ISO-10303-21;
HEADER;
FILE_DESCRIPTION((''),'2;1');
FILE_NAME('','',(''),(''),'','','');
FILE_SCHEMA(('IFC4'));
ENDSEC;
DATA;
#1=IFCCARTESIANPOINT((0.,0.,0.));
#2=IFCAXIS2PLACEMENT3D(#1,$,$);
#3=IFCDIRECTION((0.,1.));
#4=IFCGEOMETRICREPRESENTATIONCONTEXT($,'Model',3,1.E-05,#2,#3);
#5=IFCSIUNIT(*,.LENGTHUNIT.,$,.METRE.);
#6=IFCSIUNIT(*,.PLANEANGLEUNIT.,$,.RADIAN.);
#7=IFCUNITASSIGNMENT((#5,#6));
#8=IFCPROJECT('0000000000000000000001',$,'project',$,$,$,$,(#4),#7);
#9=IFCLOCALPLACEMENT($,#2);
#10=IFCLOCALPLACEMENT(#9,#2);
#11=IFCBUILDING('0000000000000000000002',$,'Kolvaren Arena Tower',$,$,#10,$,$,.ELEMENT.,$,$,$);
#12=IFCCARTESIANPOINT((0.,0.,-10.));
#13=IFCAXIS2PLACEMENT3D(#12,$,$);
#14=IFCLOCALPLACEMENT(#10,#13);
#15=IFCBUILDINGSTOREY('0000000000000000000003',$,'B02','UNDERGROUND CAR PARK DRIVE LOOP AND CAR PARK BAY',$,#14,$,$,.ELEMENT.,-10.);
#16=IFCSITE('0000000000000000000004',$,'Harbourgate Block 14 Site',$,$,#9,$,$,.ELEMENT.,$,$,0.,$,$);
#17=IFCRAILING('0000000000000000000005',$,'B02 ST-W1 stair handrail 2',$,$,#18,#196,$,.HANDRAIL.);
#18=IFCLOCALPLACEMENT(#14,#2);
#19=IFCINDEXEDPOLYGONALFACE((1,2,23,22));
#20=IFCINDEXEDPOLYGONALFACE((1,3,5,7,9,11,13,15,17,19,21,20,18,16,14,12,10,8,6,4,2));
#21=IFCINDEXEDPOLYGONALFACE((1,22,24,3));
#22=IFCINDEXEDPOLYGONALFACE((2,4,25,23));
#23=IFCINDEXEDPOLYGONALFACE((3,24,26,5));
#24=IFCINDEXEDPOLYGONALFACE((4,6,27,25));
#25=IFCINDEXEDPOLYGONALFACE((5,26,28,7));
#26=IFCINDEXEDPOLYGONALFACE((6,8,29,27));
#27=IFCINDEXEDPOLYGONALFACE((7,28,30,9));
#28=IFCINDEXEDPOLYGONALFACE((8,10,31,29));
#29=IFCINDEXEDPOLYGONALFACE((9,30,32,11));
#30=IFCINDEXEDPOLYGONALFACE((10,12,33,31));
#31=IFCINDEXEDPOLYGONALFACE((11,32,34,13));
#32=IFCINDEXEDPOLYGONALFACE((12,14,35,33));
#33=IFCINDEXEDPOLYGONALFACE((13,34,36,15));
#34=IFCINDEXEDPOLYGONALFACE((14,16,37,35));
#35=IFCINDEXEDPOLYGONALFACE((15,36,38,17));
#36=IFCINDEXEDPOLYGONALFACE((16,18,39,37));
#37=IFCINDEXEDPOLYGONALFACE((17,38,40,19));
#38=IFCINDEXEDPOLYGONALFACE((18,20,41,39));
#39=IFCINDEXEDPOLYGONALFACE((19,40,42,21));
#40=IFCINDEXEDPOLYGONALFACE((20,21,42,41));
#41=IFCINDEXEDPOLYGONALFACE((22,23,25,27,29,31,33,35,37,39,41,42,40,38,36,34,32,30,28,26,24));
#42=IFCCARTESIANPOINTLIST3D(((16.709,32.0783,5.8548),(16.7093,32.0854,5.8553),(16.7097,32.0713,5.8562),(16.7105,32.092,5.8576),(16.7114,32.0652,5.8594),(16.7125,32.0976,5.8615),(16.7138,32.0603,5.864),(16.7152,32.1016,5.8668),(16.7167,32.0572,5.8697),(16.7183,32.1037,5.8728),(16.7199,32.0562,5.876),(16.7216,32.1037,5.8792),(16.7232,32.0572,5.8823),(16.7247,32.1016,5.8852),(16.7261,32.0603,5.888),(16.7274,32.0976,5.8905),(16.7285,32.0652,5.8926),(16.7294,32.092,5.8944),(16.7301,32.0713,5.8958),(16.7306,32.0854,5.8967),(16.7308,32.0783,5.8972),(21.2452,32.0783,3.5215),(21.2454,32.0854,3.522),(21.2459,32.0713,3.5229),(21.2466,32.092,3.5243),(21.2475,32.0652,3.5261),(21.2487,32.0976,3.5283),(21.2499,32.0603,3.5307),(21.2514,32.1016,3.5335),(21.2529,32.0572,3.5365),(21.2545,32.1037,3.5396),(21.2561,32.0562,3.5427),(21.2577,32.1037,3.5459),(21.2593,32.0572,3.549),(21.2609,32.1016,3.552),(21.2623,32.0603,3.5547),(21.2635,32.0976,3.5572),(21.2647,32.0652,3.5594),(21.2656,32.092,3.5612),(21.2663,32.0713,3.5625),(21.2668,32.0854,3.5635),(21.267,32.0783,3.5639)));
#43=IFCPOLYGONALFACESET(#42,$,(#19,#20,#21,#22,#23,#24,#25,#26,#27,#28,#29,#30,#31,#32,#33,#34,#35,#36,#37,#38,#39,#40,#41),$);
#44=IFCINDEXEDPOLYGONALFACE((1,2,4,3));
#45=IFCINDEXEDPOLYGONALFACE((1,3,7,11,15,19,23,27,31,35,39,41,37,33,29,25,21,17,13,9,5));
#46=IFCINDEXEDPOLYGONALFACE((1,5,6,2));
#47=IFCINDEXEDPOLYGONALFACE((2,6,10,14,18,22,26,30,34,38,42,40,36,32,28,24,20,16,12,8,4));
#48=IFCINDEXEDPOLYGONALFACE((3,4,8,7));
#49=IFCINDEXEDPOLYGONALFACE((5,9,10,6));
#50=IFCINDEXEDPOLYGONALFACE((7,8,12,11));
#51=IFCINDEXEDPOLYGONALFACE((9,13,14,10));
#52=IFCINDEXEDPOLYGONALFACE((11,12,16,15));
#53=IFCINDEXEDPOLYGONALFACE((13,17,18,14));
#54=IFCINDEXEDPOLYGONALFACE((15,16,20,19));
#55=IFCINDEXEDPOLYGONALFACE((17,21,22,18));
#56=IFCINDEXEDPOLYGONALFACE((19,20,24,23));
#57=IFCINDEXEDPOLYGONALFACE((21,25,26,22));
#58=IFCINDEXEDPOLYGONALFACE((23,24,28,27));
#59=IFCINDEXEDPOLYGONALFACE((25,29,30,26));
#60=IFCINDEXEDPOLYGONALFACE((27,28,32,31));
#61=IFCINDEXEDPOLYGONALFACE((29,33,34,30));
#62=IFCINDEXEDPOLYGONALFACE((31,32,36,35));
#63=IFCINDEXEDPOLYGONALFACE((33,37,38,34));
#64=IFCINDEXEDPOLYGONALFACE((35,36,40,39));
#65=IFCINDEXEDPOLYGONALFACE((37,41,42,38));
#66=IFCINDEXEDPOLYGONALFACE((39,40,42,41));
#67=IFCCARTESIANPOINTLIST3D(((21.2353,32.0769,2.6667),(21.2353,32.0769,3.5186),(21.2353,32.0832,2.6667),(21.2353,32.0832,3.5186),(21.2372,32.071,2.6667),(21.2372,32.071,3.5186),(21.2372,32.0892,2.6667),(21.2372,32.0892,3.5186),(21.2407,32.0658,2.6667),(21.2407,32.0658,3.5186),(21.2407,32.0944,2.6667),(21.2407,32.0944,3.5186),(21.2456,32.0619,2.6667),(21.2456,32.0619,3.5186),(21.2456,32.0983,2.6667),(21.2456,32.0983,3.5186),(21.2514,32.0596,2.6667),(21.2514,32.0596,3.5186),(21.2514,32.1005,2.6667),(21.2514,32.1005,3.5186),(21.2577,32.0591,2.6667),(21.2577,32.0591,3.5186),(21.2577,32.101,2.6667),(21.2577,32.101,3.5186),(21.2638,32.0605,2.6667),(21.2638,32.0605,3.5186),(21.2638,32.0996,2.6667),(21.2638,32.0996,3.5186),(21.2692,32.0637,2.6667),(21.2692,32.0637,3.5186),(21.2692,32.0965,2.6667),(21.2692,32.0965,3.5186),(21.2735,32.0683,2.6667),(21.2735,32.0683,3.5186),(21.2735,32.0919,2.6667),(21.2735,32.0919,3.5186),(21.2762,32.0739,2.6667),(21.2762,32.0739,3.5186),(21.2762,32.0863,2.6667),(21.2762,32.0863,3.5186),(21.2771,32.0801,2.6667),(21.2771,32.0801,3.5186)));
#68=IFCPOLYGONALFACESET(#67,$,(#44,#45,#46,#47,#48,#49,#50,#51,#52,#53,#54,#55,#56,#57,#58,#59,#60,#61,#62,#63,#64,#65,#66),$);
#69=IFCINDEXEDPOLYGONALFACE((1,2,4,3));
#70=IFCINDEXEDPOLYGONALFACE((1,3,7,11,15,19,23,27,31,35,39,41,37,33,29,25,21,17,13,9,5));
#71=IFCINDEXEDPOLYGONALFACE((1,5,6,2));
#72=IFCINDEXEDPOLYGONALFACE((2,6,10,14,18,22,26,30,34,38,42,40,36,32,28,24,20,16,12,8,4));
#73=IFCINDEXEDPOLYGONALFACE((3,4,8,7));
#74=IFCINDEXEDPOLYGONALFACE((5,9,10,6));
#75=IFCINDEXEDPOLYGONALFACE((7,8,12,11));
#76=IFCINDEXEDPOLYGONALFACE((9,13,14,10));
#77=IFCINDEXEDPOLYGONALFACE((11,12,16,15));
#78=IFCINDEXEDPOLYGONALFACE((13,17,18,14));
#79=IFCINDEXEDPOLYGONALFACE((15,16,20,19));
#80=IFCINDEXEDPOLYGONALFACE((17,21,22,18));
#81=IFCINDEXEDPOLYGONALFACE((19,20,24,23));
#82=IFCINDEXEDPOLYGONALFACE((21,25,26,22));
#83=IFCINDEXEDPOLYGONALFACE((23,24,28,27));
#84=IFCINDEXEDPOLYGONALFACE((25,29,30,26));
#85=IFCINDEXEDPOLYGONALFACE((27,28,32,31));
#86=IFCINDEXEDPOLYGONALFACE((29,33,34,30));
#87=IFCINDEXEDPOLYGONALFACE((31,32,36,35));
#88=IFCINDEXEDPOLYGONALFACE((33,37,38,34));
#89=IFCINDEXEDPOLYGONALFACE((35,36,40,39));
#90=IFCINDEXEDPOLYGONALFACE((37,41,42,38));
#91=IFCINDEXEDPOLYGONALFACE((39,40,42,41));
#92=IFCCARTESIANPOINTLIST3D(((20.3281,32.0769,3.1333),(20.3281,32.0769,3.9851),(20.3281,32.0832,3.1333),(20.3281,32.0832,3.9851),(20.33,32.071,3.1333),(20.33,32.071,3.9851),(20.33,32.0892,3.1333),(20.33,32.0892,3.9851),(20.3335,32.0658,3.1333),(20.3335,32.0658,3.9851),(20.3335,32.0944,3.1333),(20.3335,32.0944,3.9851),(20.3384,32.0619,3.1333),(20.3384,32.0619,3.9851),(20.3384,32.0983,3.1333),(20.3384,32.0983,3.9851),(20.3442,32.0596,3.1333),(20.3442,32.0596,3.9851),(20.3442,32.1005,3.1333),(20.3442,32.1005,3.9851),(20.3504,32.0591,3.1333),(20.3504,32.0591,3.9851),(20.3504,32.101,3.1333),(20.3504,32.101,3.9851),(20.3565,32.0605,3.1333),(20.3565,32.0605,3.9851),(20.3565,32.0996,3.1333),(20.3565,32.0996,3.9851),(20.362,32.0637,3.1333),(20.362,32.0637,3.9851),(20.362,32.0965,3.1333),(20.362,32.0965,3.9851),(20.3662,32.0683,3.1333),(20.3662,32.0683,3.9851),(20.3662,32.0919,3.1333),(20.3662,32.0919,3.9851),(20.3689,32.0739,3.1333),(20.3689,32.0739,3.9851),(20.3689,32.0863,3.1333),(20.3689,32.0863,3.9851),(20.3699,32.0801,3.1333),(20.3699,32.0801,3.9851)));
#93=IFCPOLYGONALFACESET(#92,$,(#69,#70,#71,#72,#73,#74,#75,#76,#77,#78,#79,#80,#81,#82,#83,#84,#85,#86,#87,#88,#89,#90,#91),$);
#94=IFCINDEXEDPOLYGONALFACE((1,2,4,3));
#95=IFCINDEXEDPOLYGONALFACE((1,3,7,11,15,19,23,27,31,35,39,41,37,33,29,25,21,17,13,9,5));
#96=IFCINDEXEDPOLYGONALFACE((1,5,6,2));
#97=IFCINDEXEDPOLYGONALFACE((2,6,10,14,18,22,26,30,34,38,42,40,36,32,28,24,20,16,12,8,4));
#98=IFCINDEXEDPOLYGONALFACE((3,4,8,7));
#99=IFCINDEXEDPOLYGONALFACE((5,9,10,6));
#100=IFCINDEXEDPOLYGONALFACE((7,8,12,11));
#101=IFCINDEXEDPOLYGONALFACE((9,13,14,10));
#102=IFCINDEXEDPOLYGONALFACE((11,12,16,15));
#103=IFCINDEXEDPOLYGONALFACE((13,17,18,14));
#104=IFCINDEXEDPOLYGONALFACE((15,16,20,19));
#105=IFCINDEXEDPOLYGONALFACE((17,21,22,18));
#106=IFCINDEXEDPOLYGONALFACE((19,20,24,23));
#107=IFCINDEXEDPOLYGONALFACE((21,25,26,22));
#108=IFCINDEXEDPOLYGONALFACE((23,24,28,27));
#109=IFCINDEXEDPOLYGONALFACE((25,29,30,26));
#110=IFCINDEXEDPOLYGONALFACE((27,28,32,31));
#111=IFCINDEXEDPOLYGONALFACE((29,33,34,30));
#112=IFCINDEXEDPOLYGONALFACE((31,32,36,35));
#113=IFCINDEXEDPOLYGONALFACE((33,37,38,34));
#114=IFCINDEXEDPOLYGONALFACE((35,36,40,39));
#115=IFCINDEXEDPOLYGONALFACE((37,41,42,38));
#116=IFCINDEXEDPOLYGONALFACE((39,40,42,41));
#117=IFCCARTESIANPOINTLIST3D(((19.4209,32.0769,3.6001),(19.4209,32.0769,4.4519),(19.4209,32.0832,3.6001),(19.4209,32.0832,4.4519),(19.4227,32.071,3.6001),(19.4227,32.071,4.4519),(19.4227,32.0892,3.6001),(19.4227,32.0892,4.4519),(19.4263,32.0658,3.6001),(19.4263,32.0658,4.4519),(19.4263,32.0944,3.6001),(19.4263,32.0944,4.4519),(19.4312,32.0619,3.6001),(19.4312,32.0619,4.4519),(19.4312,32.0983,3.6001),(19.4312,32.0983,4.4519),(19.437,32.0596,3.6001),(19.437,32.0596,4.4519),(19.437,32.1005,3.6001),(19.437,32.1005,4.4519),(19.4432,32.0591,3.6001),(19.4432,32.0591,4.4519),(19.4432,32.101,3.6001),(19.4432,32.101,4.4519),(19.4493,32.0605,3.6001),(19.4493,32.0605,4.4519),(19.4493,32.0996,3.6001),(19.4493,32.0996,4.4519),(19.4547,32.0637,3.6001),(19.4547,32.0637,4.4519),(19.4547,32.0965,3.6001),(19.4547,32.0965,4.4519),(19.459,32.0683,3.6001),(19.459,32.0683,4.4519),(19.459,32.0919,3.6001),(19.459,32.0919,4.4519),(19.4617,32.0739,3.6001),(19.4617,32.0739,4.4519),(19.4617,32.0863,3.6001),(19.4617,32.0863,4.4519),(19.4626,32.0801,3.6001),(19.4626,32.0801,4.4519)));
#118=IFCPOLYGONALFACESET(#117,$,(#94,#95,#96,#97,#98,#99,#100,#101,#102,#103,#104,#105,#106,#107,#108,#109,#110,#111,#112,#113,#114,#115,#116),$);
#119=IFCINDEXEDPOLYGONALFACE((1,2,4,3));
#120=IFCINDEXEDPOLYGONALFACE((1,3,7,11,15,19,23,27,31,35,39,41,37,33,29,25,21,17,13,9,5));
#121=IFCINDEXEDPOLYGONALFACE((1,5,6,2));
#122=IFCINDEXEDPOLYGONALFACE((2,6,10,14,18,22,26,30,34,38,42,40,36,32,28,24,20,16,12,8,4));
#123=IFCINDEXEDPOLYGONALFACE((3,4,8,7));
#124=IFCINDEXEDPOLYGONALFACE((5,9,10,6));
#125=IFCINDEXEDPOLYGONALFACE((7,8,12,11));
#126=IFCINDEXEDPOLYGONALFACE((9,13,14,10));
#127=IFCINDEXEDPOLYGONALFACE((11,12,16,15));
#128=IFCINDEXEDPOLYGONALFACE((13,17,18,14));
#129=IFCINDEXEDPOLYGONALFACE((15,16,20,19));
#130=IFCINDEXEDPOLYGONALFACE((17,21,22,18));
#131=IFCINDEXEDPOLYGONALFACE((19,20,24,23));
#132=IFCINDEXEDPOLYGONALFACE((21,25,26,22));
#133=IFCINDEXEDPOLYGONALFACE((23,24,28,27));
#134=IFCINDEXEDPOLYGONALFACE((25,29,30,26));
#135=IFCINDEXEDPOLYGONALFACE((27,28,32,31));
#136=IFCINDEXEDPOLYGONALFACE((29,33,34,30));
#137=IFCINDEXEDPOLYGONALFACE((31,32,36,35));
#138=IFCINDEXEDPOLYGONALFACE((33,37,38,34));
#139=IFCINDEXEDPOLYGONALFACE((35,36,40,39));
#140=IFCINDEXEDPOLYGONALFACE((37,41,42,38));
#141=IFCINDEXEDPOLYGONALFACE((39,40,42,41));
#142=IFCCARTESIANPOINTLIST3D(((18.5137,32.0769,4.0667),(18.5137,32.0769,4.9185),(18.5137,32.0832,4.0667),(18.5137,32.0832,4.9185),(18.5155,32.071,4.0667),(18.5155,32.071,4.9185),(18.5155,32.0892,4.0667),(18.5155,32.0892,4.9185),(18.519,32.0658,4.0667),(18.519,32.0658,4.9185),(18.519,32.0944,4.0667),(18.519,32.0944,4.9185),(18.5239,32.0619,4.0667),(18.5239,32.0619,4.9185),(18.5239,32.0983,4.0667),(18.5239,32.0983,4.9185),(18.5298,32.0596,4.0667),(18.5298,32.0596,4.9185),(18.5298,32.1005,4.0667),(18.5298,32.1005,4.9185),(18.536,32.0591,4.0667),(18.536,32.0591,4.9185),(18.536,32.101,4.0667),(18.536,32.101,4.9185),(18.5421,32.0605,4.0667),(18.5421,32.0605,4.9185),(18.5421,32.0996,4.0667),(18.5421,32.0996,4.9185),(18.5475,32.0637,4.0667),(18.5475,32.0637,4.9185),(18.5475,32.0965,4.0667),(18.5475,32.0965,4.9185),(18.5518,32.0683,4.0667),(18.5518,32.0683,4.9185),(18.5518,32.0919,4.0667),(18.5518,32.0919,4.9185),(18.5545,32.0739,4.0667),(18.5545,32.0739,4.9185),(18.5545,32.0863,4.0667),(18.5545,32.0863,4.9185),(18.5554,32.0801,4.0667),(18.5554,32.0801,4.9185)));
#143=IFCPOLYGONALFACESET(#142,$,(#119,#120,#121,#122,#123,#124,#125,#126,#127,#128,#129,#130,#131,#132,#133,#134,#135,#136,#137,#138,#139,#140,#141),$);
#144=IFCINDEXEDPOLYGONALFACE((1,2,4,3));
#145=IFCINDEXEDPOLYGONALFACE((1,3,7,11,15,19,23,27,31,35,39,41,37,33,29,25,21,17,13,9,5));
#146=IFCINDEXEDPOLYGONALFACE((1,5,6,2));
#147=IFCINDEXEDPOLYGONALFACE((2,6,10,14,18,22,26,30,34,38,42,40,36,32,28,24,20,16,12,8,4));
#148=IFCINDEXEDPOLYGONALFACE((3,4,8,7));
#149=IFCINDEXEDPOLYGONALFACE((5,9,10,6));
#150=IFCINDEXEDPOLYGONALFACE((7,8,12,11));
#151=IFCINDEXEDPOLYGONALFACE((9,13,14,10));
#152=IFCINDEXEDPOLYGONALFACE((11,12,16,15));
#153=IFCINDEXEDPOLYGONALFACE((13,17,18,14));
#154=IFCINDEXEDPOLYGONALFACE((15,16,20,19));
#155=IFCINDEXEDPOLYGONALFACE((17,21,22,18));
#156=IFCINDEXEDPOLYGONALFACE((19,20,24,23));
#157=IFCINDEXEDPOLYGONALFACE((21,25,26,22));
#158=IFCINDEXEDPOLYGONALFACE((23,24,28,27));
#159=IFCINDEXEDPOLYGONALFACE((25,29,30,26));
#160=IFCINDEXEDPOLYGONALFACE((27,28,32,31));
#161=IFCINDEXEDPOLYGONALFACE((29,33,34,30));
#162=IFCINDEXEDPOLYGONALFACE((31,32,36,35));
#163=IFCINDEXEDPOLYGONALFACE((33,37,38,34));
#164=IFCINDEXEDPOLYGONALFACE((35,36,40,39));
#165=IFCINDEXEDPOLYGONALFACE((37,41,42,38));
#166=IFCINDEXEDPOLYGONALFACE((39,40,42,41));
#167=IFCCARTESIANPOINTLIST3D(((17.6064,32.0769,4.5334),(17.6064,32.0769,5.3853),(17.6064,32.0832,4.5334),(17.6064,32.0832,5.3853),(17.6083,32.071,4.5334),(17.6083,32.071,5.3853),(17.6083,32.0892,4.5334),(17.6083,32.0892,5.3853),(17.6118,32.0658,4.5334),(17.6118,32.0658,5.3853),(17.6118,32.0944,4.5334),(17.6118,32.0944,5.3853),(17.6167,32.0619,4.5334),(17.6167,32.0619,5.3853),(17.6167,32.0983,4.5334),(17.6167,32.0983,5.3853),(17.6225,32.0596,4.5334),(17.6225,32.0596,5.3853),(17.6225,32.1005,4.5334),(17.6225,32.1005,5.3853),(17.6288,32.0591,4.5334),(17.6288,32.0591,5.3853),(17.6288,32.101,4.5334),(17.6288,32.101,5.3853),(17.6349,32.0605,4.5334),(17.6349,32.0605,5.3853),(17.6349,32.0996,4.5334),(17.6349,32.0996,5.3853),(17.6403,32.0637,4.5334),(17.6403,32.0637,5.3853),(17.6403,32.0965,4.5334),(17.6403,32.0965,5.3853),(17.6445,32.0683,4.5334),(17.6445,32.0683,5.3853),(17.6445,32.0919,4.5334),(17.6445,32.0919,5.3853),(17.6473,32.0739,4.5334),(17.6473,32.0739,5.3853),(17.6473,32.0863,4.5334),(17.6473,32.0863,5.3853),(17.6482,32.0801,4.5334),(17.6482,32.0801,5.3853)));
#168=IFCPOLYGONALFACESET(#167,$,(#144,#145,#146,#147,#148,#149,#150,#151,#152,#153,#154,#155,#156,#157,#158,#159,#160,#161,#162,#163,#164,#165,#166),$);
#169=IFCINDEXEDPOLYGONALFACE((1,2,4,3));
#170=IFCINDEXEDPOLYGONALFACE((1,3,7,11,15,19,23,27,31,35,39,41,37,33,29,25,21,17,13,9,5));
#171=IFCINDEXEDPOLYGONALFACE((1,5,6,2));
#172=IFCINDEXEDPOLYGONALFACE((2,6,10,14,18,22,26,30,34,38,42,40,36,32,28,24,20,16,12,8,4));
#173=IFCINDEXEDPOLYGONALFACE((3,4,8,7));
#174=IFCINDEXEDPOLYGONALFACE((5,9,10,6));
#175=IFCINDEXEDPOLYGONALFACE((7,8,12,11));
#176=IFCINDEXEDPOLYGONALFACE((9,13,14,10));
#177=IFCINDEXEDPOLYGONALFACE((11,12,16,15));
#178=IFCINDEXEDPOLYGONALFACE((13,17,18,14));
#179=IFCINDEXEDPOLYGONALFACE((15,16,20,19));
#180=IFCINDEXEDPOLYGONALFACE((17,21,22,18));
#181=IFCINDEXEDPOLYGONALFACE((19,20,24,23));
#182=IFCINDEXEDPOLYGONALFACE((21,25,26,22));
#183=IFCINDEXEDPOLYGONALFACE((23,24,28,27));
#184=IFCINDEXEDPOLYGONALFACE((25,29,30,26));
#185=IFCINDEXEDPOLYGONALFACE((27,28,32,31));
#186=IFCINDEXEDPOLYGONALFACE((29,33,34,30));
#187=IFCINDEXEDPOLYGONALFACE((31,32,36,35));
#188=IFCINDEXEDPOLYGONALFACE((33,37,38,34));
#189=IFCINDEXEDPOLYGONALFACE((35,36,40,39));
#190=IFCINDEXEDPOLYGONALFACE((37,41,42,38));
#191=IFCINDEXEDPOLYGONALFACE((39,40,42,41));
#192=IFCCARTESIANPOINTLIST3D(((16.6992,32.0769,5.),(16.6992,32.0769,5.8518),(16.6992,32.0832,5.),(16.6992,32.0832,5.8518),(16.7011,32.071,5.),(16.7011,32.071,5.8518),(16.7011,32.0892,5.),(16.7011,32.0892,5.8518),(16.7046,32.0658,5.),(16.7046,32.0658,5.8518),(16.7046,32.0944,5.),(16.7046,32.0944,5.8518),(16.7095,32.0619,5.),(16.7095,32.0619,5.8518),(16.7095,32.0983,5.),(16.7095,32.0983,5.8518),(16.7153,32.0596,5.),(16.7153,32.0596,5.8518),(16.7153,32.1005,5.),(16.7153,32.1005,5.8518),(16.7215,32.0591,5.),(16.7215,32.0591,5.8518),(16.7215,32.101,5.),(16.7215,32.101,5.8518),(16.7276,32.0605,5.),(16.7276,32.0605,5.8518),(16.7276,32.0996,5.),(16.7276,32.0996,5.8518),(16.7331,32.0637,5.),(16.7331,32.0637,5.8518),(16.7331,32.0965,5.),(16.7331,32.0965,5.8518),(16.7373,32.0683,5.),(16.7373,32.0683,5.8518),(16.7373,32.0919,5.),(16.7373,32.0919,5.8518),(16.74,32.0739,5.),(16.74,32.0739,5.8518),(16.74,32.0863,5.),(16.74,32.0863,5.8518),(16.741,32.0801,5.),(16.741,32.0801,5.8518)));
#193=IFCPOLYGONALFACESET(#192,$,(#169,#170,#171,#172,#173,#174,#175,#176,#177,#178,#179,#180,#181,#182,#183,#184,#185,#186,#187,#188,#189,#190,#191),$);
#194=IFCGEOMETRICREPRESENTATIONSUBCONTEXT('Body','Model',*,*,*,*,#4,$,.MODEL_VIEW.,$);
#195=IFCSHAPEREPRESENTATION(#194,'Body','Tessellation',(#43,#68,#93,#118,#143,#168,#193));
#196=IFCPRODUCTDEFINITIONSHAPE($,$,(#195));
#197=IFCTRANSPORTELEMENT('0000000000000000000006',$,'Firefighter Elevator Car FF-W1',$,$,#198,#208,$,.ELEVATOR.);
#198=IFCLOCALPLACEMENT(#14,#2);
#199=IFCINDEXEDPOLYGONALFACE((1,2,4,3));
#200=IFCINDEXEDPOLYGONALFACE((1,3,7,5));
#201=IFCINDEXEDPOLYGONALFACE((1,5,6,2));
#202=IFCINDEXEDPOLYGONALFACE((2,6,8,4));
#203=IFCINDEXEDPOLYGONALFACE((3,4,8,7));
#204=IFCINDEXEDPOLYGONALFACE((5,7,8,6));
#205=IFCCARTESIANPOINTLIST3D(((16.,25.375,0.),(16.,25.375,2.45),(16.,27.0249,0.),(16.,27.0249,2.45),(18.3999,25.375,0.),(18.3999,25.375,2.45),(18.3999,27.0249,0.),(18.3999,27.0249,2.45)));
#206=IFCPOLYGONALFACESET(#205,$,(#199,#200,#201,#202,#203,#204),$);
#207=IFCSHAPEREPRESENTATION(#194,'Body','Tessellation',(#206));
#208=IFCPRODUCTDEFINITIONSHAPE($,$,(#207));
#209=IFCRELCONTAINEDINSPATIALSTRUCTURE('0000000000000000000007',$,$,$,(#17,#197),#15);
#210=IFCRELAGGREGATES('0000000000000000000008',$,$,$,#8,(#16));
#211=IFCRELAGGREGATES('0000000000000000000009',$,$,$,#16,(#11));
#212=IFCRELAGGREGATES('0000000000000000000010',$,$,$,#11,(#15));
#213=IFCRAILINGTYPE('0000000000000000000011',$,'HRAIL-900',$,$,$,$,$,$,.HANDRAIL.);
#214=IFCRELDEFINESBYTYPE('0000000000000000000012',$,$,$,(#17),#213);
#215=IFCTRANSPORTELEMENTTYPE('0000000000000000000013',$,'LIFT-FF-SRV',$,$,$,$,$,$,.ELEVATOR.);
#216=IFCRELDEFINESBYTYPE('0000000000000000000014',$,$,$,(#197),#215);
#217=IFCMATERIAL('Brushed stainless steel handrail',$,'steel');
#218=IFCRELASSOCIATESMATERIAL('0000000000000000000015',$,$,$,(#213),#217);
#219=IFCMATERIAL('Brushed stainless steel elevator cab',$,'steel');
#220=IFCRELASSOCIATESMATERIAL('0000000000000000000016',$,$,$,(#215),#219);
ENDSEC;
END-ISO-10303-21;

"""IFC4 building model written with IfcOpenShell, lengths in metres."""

from ifc_helpers import new_model, si_unit, direction, frame, origin, origin_2d, place, context, subcontext, project, spatial, rectangle, circle, extrude, material, type_object, element, save


model = new_model("IFC4")

# Units and contexts
model_context = context("Model", 3, precision=1e-05, world=origin(), true_north=direction((0.0, 1.0)))
body_context = subcontext(model_context, "Body", "Model", "MODEL_VIEW")
ifc_project = project(units=[si_unit("LENGTHUNIT", "METRE"), si_unit("PLANEANGLEUNIT", "RADIAN")], contexts=[model_context])

# Site, building, storey
site_placement = place(None, origin())
site = spatial("IfcSite", under=ifc_project, at=site_placement, Name="Harbourgate Block 14 Site", CompositionType="ELEMENT", RefElevation=0.0)
building_placement = place(site_placement, origin())
building = spatial("IfcBuilding", under=site, at=building_placement, Name="Kolvaren Arena Tower", CompositionType="ELEMENT")
storey_placement = place(building_placement, frame((0.0, 0.0, -10.0)))
storey = spatial("IfcBuildingStorey", under=building, at=storey_placement, Name="B02", Description="UNDERGROUND CAR PARK DRIVE LOOP AND CAR PARK BAY", CompositionType="ELEMENT", Elevation=-10.0)

# Railing
ifc_material_1 = material(Name="Brushed stainless steel handrail", Category="steel")
railing_type_1 = type_object("IfcRailingType", Name="HRAIL-900", PredefinedType="HANDRAIL", material=ifc_material_1)
railing_1_placement = place(storey_placement, frame((21.2561, 32.0801, 2.6667)))
element("IfcRailing", 1, at=railing_1_placement, inside=storey, type_object=railing_type_1, Name="B02 ST-W1 stair handrail 2", PredefinedType="HANDRAIL", context=body_context, shape_type="SweptSolid", body=[
    extrude(circle(Radius=0.0239, at=origin_2d()), frame((0.0, 0.0, 0.876), z_axis=(-0.889257, 0.0, 0.457407), x_axis=(0.0, -1.0, 0.0)), (0.0, 0.0, 1.0), 5.1011),
    extrude(circle(Radius=0.021, at=origin_2d()), origin(), (0.0, 0.0, 1.0), 0.8518),
    extrude(circle(Radius=0.021, at=origin_2d()), frame((-0.9072, 0.0, 0.4666)), (0.0, 0.0, 1.0), 0.8518),
    extrude(circle(Radius=0.021, at=origin_2d()), frame((-1.8145, 0.0, 0.9333)), (0.0, 0.0, 1.0), 0.8518),
    extrude(circle(Radius=0.021, at=origin_2d()), frame((-2.7217, 0.0, 1.3999)), (0.0, 0.0, 1.0), 0.8518),
    extrude(circle(Radius=0.021, at=origin_2d()), frame((-3.6289, 0.0, 1.8667)), (0.0, 0.0, 1.0), 0.8518),
    extrude(circle(Radius=0.021, at=origin_2d()), frame((-4.5361, 0.0, 2.3333)), (0.0, 0.0, 1.0), 0.8518),
])

# Transport element
ifc_material_2 = material(Name="Brushed stainless steel elevator cab", Category="steel")
transport_element_type = type_object("IfcTransportElementType", Name="LIFT-FF-SRV", PredefinedType="ELEVATOR", material=ifc_material_2)
transport_element_placement = place(storey_placement, frame((17.2, 26.2, 0.0), z_axis=(0.0, 0.0, 1.0), x_axis=(1.0, 0.0, 0.0)))
element("IfcTransportElement", 2, at=transport_element_placement, inside=storey, type_object=transport_element_type, Name="Firefighter Elevator Car FF-W1", PredefinedType="ELEVATOR", context=body_context, shape_type="SweptSolid", body=[
    extrude(rectangle(XDim=2.3999, YDim=1.6499, at=origin_2d()), origin(), (0.0, 0.0, 1.0), 2.45),
])

save(model, "model.ifc")
